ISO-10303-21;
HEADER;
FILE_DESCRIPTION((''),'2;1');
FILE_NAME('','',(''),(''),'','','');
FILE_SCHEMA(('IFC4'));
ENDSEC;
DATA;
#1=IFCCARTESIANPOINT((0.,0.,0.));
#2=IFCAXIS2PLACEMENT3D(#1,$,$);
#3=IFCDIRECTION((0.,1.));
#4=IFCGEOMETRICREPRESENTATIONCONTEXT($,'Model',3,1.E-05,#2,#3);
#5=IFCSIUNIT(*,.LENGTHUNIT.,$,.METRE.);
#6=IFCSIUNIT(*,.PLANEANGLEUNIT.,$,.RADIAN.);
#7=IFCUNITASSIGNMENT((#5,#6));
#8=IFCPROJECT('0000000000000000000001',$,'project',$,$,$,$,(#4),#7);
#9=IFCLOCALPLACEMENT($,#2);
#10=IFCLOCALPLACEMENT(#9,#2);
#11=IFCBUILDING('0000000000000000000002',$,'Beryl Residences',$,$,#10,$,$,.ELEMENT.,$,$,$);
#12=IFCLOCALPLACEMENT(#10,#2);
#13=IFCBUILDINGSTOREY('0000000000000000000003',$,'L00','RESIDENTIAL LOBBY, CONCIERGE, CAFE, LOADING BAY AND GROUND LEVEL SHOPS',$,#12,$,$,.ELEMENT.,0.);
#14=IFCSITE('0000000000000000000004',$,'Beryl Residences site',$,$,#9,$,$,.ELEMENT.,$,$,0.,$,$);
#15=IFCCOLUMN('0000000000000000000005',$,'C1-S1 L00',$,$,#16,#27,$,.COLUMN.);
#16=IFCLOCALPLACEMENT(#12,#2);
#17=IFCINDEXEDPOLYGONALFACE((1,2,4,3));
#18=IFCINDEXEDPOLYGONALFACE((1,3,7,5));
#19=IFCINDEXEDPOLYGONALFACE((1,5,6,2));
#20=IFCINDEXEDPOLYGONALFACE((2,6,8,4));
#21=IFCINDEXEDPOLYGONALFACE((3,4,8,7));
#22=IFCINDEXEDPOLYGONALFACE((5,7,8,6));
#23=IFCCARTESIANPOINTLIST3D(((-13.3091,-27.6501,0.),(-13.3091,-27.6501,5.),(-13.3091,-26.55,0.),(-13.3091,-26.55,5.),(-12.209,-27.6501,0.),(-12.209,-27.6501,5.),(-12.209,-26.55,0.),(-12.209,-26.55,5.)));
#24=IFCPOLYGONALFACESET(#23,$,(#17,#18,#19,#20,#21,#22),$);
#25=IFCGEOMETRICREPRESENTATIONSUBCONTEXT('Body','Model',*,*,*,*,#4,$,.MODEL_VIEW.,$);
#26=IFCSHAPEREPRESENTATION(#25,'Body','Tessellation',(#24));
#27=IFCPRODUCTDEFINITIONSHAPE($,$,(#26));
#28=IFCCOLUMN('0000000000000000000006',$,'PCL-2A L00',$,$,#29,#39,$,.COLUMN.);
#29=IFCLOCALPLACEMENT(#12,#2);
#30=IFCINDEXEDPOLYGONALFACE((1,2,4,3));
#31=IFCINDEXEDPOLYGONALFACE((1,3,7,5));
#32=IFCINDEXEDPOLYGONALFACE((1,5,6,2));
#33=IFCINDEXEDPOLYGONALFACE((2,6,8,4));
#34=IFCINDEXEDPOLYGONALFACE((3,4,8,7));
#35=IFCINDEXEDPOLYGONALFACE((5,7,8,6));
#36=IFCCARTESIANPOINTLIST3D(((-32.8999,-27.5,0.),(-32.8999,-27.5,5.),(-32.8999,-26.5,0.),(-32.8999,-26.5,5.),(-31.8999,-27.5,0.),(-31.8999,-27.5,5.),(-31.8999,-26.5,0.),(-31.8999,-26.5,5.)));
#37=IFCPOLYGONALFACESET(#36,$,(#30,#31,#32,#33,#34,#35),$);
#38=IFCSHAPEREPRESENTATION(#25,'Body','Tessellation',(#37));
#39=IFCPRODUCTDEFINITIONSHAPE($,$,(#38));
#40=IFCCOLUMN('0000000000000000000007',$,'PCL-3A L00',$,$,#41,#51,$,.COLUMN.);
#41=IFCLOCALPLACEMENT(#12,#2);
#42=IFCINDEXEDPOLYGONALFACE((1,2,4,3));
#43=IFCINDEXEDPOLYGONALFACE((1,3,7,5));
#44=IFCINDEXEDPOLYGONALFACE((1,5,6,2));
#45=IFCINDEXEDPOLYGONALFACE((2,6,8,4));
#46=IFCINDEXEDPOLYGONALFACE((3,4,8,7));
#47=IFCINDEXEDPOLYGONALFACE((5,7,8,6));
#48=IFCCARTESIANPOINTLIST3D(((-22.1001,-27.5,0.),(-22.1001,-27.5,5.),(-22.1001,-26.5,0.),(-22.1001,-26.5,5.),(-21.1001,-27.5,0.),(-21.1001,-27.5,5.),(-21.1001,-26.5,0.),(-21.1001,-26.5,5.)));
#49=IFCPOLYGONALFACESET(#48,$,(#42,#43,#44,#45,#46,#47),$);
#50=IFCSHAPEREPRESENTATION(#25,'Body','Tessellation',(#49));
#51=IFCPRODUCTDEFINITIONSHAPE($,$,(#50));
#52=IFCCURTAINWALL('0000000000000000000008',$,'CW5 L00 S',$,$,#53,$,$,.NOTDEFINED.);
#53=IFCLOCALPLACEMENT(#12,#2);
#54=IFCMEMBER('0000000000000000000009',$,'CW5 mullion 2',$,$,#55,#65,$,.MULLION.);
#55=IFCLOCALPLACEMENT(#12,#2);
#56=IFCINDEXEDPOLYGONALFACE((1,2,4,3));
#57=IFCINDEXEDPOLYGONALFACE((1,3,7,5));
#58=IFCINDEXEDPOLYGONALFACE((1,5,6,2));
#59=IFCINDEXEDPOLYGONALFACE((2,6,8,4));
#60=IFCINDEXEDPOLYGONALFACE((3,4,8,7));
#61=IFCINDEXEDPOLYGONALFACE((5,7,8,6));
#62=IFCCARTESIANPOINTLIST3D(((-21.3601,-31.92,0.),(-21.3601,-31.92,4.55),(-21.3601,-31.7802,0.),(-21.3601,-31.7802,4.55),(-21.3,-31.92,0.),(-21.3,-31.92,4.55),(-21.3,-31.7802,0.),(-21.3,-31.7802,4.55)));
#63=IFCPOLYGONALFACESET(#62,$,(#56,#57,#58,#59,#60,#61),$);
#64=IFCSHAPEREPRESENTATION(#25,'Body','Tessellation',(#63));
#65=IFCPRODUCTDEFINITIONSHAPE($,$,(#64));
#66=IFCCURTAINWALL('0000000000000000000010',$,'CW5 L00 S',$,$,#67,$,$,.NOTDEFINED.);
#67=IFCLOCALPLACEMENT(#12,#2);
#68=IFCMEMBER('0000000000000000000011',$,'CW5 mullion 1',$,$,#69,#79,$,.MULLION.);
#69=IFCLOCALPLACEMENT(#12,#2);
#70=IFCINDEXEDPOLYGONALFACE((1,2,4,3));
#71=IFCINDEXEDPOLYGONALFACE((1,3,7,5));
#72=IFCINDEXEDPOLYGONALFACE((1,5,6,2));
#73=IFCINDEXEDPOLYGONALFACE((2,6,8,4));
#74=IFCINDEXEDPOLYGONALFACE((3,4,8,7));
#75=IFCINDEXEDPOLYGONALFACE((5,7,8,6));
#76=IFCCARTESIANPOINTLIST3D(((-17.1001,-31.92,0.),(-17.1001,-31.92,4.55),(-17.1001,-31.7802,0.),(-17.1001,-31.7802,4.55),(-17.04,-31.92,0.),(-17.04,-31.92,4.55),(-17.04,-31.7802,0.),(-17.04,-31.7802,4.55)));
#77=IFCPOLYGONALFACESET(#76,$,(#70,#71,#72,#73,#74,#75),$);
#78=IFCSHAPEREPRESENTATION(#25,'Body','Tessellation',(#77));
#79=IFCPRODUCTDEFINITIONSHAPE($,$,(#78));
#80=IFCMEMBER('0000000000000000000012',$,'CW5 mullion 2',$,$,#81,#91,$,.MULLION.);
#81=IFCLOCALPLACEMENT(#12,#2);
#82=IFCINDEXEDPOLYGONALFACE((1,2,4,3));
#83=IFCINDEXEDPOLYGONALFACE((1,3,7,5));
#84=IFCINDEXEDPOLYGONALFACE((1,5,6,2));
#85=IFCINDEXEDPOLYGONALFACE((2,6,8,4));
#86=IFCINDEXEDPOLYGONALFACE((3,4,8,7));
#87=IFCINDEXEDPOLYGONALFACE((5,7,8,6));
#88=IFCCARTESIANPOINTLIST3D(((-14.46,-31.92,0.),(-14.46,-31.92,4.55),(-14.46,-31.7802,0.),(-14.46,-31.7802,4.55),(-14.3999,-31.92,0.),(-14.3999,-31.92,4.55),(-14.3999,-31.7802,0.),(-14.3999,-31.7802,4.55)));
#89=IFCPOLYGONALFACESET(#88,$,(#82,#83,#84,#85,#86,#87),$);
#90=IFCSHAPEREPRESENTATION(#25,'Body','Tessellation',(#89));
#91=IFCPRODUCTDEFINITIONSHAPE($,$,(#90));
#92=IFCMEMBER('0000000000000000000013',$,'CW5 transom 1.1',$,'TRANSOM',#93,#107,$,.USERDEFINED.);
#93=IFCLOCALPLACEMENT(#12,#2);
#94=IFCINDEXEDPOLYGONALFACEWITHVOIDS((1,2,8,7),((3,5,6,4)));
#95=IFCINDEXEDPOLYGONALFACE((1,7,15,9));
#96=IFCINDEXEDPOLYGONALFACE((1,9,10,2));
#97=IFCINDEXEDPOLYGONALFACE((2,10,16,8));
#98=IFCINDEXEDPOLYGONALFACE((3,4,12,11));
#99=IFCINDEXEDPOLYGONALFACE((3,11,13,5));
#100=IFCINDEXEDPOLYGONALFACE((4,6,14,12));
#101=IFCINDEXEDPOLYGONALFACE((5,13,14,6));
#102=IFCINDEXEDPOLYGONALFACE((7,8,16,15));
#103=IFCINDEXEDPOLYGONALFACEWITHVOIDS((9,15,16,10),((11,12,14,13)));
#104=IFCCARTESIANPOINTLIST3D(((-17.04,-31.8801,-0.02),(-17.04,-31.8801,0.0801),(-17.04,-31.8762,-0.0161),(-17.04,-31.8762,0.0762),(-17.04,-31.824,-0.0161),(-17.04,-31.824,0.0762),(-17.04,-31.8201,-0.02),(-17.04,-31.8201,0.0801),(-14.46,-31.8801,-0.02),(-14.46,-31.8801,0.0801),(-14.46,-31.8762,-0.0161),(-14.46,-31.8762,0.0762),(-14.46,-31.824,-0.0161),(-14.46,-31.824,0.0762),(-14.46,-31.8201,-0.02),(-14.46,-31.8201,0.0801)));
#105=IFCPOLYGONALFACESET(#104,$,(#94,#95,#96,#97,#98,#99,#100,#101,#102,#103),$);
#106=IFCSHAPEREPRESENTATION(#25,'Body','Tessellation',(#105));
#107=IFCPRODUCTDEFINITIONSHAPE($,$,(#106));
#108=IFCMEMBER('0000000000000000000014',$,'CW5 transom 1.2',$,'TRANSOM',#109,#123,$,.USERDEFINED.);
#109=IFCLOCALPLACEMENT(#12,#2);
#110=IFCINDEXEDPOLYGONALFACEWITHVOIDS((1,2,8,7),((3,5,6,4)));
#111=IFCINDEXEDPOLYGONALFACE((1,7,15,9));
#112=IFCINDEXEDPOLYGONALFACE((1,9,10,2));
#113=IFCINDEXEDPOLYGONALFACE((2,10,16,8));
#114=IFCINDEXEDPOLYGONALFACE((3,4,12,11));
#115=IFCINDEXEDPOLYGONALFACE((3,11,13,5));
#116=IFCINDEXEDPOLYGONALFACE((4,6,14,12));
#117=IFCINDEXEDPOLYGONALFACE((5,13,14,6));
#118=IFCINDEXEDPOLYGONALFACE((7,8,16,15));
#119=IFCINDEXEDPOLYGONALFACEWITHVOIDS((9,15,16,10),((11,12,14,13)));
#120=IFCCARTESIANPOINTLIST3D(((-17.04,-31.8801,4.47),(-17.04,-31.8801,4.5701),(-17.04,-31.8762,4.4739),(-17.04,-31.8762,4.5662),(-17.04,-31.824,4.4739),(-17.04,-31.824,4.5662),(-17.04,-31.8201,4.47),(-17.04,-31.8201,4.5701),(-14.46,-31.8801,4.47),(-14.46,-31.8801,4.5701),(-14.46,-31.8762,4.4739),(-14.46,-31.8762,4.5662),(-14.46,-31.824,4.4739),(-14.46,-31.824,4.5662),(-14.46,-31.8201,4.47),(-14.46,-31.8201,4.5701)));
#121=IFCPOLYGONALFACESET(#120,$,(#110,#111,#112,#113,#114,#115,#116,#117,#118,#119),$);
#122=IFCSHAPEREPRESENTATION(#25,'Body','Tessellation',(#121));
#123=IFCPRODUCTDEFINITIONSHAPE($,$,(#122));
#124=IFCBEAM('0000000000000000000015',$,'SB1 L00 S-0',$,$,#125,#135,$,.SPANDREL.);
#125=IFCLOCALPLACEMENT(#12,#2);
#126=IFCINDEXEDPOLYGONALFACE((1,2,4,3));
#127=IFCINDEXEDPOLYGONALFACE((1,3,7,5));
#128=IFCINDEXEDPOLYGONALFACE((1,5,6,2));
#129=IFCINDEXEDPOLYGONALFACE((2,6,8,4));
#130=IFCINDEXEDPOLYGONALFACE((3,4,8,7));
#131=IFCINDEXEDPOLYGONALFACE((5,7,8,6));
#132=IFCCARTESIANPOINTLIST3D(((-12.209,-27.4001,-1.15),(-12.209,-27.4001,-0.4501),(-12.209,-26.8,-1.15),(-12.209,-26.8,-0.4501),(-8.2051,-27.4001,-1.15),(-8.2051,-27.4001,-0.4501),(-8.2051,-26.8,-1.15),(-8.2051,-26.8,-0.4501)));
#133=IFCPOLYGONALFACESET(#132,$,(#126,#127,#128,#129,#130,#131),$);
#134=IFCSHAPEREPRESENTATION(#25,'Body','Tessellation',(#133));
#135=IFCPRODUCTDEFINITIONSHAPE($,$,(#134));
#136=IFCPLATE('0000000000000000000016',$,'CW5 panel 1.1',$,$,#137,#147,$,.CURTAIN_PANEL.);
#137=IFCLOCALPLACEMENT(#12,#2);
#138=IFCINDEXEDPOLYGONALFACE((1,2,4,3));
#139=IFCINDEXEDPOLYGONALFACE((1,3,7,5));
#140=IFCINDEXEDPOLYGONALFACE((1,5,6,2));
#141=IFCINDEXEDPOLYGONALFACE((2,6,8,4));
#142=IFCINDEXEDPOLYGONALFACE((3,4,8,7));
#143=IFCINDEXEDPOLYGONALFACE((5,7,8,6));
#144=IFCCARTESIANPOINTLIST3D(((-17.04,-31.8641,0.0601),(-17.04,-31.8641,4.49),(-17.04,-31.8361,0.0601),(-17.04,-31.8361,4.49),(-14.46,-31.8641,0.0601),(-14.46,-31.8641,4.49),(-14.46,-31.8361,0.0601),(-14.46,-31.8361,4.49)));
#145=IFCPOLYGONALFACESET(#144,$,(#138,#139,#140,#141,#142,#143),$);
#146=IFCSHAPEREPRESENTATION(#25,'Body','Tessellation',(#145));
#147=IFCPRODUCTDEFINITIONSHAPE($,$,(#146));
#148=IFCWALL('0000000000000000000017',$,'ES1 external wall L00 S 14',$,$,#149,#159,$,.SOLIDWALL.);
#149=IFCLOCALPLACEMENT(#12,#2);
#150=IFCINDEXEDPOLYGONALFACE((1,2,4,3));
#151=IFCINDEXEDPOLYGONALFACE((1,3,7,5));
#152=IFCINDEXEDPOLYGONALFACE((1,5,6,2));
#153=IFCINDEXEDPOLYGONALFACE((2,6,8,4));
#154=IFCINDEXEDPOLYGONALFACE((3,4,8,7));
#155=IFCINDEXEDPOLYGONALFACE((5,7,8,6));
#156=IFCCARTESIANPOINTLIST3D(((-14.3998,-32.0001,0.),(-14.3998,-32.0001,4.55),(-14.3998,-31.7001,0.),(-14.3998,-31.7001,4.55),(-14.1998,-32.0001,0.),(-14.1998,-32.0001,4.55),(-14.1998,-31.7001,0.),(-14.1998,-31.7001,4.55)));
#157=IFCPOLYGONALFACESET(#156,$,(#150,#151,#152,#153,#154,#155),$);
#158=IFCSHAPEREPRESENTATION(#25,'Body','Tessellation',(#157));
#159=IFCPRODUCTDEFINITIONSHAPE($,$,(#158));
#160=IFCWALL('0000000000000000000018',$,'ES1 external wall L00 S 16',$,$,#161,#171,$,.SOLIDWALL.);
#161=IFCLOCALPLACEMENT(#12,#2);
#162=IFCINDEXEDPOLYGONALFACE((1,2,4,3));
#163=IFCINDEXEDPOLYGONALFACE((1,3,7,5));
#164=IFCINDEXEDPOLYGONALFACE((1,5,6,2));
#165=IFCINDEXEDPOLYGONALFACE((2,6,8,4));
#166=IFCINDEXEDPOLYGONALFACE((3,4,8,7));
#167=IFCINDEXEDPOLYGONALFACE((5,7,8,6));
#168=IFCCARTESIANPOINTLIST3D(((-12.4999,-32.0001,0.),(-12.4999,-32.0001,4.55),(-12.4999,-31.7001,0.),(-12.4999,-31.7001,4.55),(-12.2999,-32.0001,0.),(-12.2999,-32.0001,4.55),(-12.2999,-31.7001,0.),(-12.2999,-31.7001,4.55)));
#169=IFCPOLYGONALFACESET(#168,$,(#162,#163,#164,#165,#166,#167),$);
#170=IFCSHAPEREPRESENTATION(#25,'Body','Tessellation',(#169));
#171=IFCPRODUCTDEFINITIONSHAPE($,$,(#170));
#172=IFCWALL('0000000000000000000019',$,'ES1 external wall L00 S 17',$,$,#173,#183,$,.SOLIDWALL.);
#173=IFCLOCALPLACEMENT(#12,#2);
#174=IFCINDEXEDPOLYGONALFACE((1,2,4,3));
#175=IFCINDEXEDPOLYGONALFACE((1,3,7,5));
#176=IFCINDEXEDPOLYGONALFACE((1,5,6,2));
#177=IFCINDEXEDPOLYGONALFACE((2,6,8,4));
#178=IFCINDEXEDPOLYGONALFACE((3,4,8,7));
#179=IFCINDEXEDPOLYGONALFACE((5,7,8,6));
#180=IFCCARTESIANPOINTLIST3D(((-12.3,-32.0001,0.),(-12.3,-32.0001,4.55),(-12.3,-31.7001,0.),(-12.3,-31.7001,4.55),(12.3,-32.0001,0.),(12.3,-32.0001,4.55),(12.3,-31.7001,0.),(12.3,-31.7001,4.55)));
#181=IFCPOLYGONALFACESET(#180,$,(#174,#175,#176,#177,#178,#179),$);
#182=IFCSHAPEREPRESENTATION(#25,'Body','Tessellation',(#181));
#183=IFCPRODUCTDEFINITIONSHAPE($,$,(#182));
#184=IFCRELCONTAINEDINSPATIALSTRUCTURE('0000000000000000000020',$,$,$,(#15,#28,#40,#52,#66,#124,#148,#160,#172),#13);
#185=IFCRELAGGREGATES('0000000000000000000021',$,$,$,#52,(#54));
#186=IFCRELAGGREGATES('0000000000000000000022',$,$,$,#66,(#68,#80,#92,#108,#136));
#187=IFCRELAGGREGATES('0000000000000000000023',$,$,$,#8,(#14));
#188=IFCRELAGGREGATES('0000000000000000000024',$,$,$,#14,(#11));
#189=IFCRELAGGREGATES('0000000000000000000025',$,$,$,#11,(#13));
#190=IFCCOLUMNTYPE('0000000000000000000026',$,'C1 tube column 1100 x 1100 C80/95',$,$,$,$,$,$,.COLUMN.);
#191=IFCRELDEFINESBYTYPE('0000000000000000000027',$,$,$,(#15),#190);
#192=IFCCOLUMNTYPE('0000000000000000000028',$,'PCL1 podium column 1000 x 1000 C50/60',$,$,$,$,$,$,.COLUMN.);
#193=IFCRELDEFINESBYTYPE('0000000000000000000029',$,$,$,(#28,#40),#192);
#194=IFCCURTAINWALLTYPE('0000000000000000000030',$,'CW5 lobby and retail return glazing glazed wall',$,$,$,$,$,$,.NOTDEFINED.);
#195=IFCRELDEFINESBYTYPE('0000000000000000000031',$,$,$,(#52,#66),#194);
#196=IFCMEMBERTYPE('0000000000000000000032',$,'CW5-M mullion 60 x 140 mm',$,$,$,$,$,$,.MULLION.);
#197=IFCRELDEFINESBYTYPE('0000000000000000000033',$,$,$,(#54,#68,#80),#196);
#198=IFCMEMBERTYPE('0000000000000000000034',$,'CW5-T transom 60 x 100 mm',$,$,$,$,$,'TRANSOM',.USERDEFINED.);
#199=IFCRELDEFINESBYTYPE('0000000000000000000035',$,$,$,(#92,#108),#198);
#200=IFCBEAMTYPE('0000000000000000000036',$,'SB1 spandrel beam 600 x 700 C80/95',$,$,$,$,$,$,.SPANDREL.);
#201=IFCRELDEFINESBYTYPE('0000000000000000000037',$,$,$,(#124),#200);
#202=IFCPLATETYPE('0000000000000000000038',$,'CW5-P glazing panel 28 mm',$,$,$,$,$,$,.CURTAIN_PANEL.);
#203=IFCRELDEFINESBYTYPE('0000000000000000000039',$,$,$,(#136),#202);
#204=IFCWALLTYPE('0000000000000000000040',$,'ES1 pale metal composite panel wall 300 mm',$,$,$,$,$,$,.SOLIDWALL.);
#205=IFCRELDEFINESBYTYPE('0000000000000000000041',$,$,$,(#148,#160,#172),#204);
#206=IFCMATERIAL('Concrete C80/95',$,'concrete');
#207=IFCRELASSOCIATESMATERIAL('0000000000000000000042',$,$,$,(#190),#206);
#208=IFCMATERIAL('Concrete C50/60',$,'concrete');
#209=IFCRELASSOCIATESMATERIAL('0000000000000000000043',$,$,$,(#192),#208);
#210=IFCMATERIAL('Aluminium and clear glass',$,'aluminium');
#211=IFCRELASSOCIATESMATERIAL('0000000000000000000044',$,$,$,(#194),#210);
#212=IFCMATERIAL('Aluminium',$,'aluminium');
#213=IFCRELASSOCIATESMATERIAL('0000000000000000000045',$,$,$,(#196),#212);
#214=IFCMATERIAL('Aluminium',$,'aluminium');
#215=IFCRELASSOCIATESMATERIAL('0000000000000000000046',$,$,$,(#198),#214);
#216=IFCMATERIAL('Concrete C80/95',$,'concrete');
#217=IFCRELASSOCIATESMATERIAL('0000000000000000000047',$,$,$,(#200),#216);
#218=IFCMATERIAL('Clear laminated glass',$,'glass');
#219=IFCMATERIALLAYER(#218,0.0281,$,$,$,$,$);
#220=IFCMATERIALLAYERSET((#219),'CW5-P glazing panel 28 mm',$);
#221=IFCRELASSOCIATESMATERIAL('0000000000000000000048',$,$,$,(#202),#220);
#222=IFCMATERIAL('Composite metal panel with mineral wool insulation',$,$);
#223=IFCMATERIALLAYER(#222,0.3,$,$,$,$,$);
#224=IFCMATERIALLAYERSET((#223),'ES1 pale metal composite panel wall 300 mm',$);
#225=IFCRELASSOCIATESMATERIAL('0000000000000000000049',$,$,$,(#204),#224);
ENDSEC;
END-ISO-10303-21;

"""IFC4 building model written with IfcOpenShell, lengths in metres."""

from ifc_helpers import new_model, si_unit, direction, frame, frame_2d, origin, origin_2d, place, context, subcontext, project, spatial, rectangle, hollow_rectangle, extrude, material, layer, layer_set, material_profile, profile_set, type_object, element, aggregate, save


model = new_model("IFC4")

# Units and contexts
model_context = context("Model", 3, precision=1e-05, world=origin(), true_north=direction((0.0, 1.0)))
body_context = subcontext(model_context, "Body", "Model", "MODEL_VIEW")
ifc_project = project(units=[si_unit("LENGTHUNIT", "METRE"), si_unit("PLANEANGLEUNIT", "RADIAN")], contexts=[model_context])

# Site, building, storey
site_placement = place(None, origin())
site = spatial("IfcSite", under=ifc_project, at=site_placement, Name="Beryl Residences site", CompositionType="ELEMENT", RefElevation=0.0)
building_placement = place(site_placement, origin())
building = spatial("IfcBuilding", under=site, at=building_placement, Name="Beryl Residences", CompositionType="ELEMENT")
storey_placement = place(building_placement, origin())
storey = spatial("IfcBuildingStorey", under=building, at=storey_placement, Name="L00", Description="RESIDENTIAL LOBBY, CONCIERGE, CAFE, LOADING BAY AND GROUND LEVEL SHOPS", CompositionType="ELEMENT", Elevation=0.0)

# Columns
ifc_material_1 = material(Name="Concrete C80/95", Category="concrete")
ifc_material_profile_1 = material_profile(ifc_material_1, rectangle(XDim=1.1001, YDim=1.1001, at=origin_2d()))
ifc_profile_set_1 = profile_set([ifc_material_profile_1], Name="Concrete C80/95")
column_type_1 = type_object("IfcColumnType", Name="C1 tube column 1100 x 1100 C80/95", PredefinedType="COLUMN", material=ifc_profile_set_1)
column_placement = place(storey_placement, frame((-12.759, -27.1001, 0.0), z_axis=(0.0, 0.0, 1.0), x_axis=(1.0, 0.0, 0.0)))
element("IfcColumn", 1, at=column_placement, inside=storey, type_object=column_type_1, Name="C1-S1 L00", PredefinedType="COLUMN", context=body_context, shape_type="SweptSolid", body=[
    extrude(rectangle(XDim=1.1001, YDim=1.1001, at=origin_2d()), origin(), (0.0, 0.0, 1.0), 5.0),
])
ifc_material_2 = material(Name="Concrete C50/60", Category="concrete")
ifc_material_profile_2 = material_profile(ifc_material_2, rectangle(XDim=1.0, YDim=1.0, at=origin_2d()))
ifc_profile_set_2 = profile_set([ifc_material_profile_2], Name="Concrete C50/60")
column_type_2 = type_object("IfcColumnType", Name="PCL1 podium column 1000 x 1000 C50/60", PredefinedType="COLUMN", material=ifc_profile_set_2)
for number, where, z_axis, x_axis, name in (
    (2, (-32.3999, -27.0, 0.0), (0.0, 0.0, 1.0), (1.0, 0.0, 0.0), "PCL-2A L00"),
    (3, (-21.6001, -27.0, 0.0), (0.0, 0.0, 1.0), (1.0, 0.0, 0.0), "PCL-3A L00"),
):
    element("IfcColumn", number, at=place(storey_placement, frame(where, z_axis=z_axis, x_axis=x_axis)), inside=storey, type_object=column_type_2, Name=name, PredefinedType="COLUMN", context=body_context, shape_type="SweptSolid", body=[
        extrude(rectangle(XDim=1.0, YDim=1.0, at=origin_2d()), origin(), (0.0, 0.0, 1.0), 5.0),
    ])

# Curtain wall, member
ifc_material_3 = material(Name="Aluminium and clear glass", Category="aluminium")
curtain_wall_type = type_object("IfcCurtainWallType", Name="CW5 lobby and retail return glazing glazed wall", PredefinedType="NOTDEFINED", material=ifc_material_3)
curtain_wall_1_placement = place(storey_placement, origin())
curtain_wall_1 = element("IfcCurtainWall", 4, at=curtain_wall_1_placement, inside=storey, type_object=curtain_wall_type, Name="CW5 L00 S", PredefinedType="NOTDEFINED")
ifc_material_4 = material(Name="Aluminium", Category="aluminium")
ifc_material_profile_3 = material_profile(ifc_material_4, rectangle(XDim=0.0601, YDim=0.1399, at=origin_2d()))
ifc_profile_set_3 = profile_set([ifc_material_profile_3], Name="Aluminium")
member_type_1 = type_object("IfcMemberType", Name="CW5-M mullion 60 x 140 mm", PredefinedType="MULLION", material=ifc_profile_set_3)
member_1_placement = place(storey_placement, frame((-21.3301, -31.8501, 0.0), z_axis=(0.0, 0.0, 1.0), x_axis=(1.0, 0.0, 0.0)))
member_1 = element("IfcMember", 5, at=member_1_placement, type_object=member_type_1, Name="CW5 mullion 2", PredefinedType="MULLION", context=body_context, shape_type="SweptSolid", body=[
    extrude(rectangle(XDim=0.0601, YDim=0.1399, at=origin_2d()), origin(), (0.0, 0.0, 1.0), 4.55),
])
aggregate(curtain_wall_1, [member_1])

# Curtain wall, members
curtain_wall_2_placement = place(storey_placement, origin())
curtain_wall_2 = element("IfcCurtainWall", 6, at=curtain_wall_2_placement, inside=storey, type_object=curtain_wall_type, Name="CW5 L00 S", PredefinedType="NOTDEFINED")
member_2_placement = place(storey_placement, frame((-17.0701, -31.8501, 0.0), z_axis=(0.0, 0.0, 1.0), x_axis=(1.0, 0.0, 0.0)))
member_2 = element("IfcMember", 7, at=member_2_placement, type_object=member_type_1, Name="CW5 mullion 1", PredefinedType="MULLION", context=body_context, shape_type="SweptSolid", body=[
    extrude(rectangle(XDim=0.0601, YDim=0.1399, at=origin_2d()), origin(), (0.0, 0.0, 1.0), 4.55),
])
member_3_placement = place(storey_placement, frame((-14.4299, -31.8501, 0.0), z_axis=(0.0, 0.0, 1.0), x_axis=(1.0, 0.0, 0.0)))
member_3 = element("IfcMember", 8, at=member_3_placement, type_object=member_type_1, Name="CW5 mullion 2", PredefinedType="MULLION", context=body_context, shape_type="SweptSolid", body=[
    extrude(rectangle(XDim=0.0601, YDim=0.1399, at=origin_2d()), origin(), (0.0, 0.0, 1.0), 4.55),
])
ifc_material_5 = material(Name="Aluminium", Category="aluminium")
ifc_material_profile_4 = material_profile(ifc_material_5, hollow_rectangle(XDim=0.0601, YDim=0.1001, WallThickness=0.0039, at=origin_2d()))
ifc_profile_set_4 = profile_set([ifc_material_profile_4], Name="Aluminium")
member_type_2 = type_object("IfcMemberType", Name="CW5-T transom 60 x 100 mm", ElementType="TRANSOM", PredefinedType="USERDEFINED", material=ifc_profile_set_4)
member_4_placement = place(storey_placement, frame((-17.04, -31.8501, 0.03), z_axis=(1.0, 0.0, 0.0), x_axis=(0.0, 1.0, 0.0)))
member_4 = element("IfcMember", 9, at=member_4_placement, type_object=member_type_2, Name="CW5 transom 1.1", ObjectType="TRANSOM", PredefinedType="USERDEFINED", context=body_context, shape_type="SweptSolid", body=[
    extrude(hollow_rectangle(XDim=0.0601, YDim=0.1001, WallThickness=0.0039, at=origin_2d()), origin(), (0.0, 0.0, 1.0), 2.5801),
])
member_5_placement = place(storey_placement, frame((-17.04, -31.8501, 4.52), z_axis=(1.0, 0.0, 0.0), x_axis=(0.0, 1.0, 0.0)))
member_5 = element("IfcMember", 10, at=member_5_placement, type_object=member_type_2, Name="CW5 transom 1.2", ObjectType="TRANSOM", PredefinedType="USERDEFINED", context=body_context, shape_type="SweptSolid", body=[
    extrude(hollow_rectangle(XDim=0.0601, YDim=0.1001, WallThickness=0.0039, at=origin_2d()), origin(), (0.0, 0.0, 1.0), 2.5801),
])

# Beam
ifc_material_6 = material(Name="Concrete C80/95", Category="concrete")
ifc_material_profile_5 = material_profile(ifc_material_6, rectangle(XDim=0.6001, YDim=0.7, at=origin_2d()))
ifc_profile_set_5 = profile_set([ifc_material_profile_5], Name="Concrete C80/95")
beam_type = type_object("IfcBeamType", Name="SB1 spandrel beam 600 x 700 C80/95", PredefinedType="SPANDREL", material=ifc_profile_set_5)
beam_placement = place(storey_placement, frame((-12.209, -27.1001, -0.8), z_axis=(1.0, 0.0, 0.0), x_axis=(0.0, 1.0, 0.0)))
element("IfcBeam", 11, at=beam_placement, inside=storey, type_object=beam_type, Name="SB1 L00 S-0", PredefinedType="SPANDREL", context=body_context, shape_type="SweptSolid", body=[
    extrude(rectangle(XDim=0.6001, YDim=0.7, at=origin_2d()), origin(), (0.0, 0.0, 1.0), 4.0039),
])

# Plate
ifc_material_7 = material(Name="Clear laminated glass", Category="glass")
ifc_layer_1 = layer(ifc_material_7, 0.0281)
ifc_layer_set_1 = layer_set([ifc_layer_1], Name="CW5-P glazing panel 28 mm")
plate_type = type_object("IfcPlateType", Name="CW5-P glazing panel 28 mm", PredefinedType="CURTAIN_PANEL", material=ifc_layer_set_1)
plate_placement = place(storey_placement, frame((-15.75, -31.8501, 0.0601), z_axis=(0.0, 0.0, 1.0), x_axis=(1.0, 0.0, 0.0)))
plate = element("IfcPlate", 12, at=plate_placement, type_object=plate_type, Name="CW5 panel 1.1", PredefinedType="CURTAIN_PANEL", context=body_context, shape_type="SweptSolid", body=[
    extrude(rectangle(XDim=2.5801, YDim=0.0281, at=origin_2d()), origin(), (0.0, 0.0, 1.0), 4.4299),
])
aggregate(curtain_wall_2, [member_2, member_3, member_4, member_5, plate])

# Shared definitions
ifc_material_8 = material(Name="Composite metal panel with mineral wool insulation")
ifc_layer_2 = layer(ifc_material_8, 0.3)
ifc_layer_set_2 = layer_set([ifc_layer_2], Name="ES1 pale metal composite panel wall 300 mm")
wall_type_1 = type_object("IfcWallType", Name="ES1 pale metal composite panel wall 300 mm", PredefinedType="SOLIDWALL", material=ifc_layer_set_2)

# Wall
wall_1_placement = place(storey_placement, frame((-14.3999, -31.8501, 0.0), z_axis=(0.0, 0.0, 1.0), x_axis=(1.0, 0.0, 0.0)))
element("IfcWall", 13, at=wall_1_placement, inside=storey, type_object=wall_type_1, Name="ES1 external wall L00 S 14", PredefinedType="SOLIDWALL", context=body_context, shape_type="SweptSolid", body=[
    extrude(rectangle(XDim=0.2, YDim=0.3, at=frame_2d((0.1001, 0.0))), origin(), (0.0, 0.0, 1.0), 4.55),
])

# Walls
wall_2_placement = place(storey_placement, frame((-12.5, -31.8501, 0.0), z_axis=(0.0, 0.0, 1.0), x_axis=(1.0, 0.0, 0.0)))
element("IfcWall", 14, at=wall_2_placement, inside=storey, type_object=wall_type_1, Name="ES1 external wall L00 S 16", PredefinedType="SOLIDWALL", context=body_context, shape_type="SweptSolid", body=[
    extrude(rectangle(XDim=0.2, YDim=0.3, at=frame_2d((0.1001, 0.0))), origin(), (0.0, 0.0, 1.0), 4.55),
])
wall_3_placement = place(storey_placement, frame((-12.3, -31.8501, 0.0), z_axis=(0.0, 0.0, 1.0), x_axis=(1.0, 0.0, 0.0)))
element("IfcWall", 15, at=wall_3_placement, inside=storey, type_object=wall_type_1, Name="ES1 external wall L00 S 17", PredefinedType="SOLIDWALL", context=body_context, shape_type="SweptSolid", body=[
    extrude(rectangle(XDim=24.6001, YDim=0.3, at=frame_2d((12.3, 0.0))), origin(), (0.0, 0.0, 1.0), 4.55),
])

save(model, "model.ifc")
